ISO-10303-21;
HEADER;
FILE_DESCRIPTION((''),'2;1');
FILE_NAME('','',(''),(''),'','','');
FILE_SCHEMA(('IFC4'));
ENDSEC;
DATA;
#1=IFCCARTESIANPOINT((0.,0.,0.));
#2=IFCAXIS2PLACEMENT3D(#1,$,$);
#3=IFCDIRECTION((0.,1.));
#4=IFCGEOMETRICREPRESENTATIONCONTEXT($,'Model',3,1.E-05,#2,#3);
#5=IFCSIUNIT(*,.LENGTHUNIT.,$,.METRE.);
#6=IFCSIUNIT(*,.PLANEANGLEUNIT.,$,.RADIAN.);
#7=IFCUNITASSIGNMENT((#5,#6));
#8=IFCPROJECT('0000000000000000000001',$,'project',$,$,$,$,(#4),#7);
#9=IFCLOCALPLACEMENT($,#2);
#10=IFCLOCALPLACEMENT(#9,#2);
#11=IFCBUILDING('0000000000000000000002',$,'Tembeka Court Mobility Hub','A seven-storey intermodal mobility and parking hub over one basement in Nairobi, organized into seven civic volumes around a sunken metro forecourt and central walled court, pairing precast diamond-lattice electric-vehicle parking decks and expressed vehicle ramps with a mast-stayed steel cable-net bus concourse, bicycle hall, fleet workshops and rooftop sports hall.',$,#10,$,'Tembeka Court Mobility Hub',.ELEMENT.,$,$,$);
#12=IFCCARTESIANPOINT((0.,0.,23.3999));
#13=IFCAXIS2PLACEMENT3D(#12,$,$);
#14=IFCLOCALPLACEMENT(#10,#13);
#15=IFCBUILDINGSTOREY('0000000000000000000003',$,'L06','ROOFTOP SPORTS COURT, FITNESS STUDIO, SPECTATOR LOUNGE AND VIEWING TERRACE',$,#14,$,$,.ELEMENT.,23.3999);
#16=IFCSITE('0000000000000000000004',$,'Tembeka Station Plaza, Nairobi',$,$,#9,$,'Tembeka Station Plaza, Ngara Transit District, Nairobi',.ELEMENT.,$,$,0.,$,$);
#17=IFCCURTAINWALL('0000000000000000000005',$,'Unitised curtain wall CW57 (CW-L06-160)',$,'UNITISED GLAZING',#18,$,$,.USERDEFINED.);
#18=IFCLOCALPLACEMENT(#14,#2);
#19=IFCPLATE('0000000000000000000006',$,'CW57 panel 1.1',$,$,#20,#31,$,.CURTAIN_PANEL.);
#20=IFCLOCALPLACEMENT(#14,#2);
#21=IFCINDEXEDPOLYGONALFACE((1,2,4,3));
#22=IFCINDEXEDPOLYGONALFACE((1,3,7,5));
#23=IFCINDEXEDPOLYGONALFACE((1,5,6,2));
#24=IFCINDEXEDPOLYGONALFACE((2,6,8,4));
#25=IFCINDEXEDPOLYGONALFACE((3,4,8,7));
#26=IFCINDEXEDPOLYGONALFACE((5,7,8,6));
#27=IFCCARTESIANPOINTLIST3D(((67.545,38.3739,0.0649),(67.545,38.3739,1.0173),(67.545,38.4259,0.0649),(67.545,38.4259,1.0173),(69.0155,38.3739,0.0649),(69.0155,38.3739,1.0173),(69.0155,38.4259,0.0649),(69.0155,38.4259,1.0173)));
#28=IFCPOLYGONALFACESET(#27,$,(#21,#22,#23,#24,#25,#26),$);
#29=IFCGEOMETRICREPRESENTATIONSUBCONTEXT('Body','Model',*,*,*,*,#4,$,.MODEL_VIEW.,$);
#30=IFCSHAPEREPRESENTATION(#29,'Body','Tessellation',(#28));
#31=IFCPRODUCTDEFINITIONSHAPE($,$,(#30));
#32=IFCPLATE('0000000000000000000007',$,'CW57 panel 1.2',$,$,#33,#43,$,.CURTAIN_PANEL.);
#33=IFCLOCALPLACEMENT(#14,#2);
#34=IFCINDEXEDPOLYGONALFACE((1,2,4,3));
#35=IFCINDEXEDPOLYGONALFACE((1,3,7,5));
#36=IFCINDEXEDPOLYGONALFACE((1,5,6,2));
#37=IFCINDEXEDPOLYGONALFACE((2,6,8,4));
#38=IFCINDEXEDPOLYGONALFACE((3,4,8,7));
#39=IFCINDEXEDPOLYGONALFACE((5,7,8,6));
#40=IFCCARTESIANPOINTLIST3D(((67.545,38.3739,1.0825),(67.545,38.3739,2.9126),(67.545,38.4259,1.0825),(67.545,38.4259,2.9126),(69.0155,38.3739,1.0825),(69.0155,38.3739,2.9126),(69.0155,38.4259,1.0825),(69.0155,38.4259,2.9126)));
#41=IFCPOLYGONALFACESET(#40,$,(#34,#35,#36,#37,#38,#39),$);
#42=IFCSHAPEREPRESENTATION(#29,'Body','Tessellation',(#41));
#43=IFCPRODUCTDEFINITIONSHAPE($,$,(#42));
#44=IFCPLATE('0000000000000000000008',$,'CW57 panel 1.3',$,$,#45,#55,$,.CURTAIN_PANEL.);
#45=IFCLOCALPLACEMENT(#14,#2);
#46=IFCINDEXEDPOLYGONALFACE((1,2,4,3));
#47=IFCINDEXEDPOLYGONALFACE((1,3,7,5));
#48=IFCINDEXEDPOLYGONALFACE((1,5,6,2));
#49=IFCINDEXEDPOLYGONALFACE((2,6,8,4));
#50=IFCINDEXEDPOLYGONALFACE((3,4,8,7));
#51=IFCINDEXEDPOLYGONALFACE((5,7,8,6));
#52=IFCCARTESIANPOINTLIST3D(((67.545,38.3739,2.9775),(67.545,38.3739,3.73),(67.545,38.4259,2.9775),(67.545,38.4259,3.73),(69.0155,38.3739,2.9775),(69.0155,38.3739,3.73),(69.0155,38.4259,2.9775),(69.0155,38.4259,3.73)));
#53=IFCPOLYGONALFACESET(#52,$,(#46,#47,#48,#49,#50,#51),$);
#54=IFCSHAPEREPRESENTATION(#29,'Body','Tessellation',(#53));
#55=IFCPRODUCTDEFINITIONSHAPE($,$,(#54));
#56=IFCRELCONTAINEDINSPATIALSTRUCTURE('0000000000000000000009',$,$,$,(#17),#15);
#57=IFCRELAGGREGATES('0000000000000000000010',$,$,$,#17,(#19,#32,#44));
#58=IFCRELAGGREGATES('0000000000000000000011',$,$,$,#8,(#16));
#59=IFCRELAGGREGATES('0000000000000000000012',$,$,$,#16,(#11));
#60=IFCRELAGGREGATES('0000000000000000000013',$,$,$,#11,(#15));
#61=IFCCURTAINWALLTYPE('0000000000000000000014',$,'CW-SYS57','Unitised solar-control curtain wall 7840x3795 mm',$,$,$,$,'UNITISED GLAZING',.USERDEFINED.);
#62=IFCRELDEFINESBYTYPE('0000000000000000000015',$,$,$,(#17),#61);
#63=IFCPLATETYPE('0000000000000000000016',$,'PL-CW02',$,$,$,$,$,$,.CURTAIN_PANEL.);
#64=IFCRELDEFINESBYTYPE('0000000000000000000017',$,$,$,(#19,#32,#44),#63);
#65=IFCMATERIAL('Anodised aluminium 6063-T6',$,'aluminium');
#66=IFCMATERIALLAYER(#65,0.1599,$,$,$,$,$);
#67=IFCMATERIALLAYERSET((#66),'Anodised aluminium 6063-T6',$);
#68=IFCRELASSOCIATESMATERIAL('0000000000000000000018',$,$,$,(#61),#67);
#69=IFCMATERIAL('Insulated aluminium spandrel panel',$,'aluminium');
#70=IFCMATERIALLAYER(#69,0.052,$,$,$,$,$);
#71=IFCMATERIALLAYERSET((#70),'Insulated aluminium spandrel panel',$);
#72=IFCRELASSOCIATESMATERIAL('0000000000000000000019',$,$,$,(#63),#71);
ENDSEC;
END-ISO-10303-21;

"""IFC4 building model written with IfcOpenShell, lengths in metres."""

from ifc_helpers import new_model, si_unit, direction, frame, origin, origin_2d, place, context, subcontext, project, spatial, rectangle, extrude, material, layer, layer_set, type_object, element, aggregate, save


model = new_model("IFC4")

# Units and contexts
model_context = context("Model", 3, precision=1e-05, world=origin(), true_north=direction((0.0, 1.0)))
body_context = subcontext(model_context, "Body", "Model", "MODEL_VIEW")
ifc_project = project(units=[si_unit("LENGTHUNIT", "METRE"), si_unit("PLANEANGLEUNIT", "RADIAN")], contexts=[model_context])

# Site, building, storey
site_placement = place(None, origin())
site = spatial("IfcSite", under=ifc_project, at=site_placement, Name="Tembeka Station Plaza, Nairobi", LongName="Tembeka Station Plaza, Ngara Transit District, Nairobi", CompositionType="ELEMENT", RefElevation=0.0)
building_placement = place(site_placement, origin())
building = spatial("IfcBuilding", under=site, at=building_placement, Name="Tembeka Court Mobility Hub", Description="A seven-storey intermodal mobility and parking hub over one basement in Nairobi, organized into seven civic volumes around a sunken metro forecourt and central walled court, pairing precast diamond-lattice electric-vehicle parking decks and expressed vehicle ramps with a mast-stayed steel cable-net bus concourse, bicycle hall, fleet workshops and rooftop sports hall.", LongName="Tembeka Court Mobility Hub", CompositionType="ELEMENT")
storey_placement = place(building_placement, frame((0.0, 0.0, 23.3999)))
storey = spatial("IfcBuildingStorey", under=building, at=storey_placement, Name="L06", Description="ROOFTOP SPORTS COURT, FITNESS STUDIO, SPECTATOR LOUNGE AND VIEWING TERRACE", CompositionType="ELEMENT", Elevation=23.3999)

# Curtain wall
ifc_material_1 = material(Name="Anodised aluminium 6063-T6", Category="aluminium")
ifc_layer_1 = layer(ifc_material_1, 0.1599)
ifc_layer_set_1 = layer_set([ifc_layer_1], Name="Anodised aluminium 6063-T6")
curtain_wall_type = type_object("IfcCurtainWallType", Name="CW-SYS57", Description="Unitised solar-control curtain wall 7840x3795 mm", ElementType="UNITISED GLAZING", PredefinedType="USERDEFINED", material=ifc_layer_set_1)
curtain_wall_1_placement = place(storey_placement, origin())
curtain_wall_1 = element("IfcCurtainWall", 1, at=curtain_wall_1_placement, inside=storey, type_object=curtain_wall_type, Name="Unitised curtain wall CW57 (CW-L06-160)", ObjectType="UNITISED GLAZING", PredefinedType="USERDEFINED")

# Plates
ifc_material_2 = material(Name="Insulated aluminium spandrel panel", Category="aluminium")
ifc_layer_2 = layer(ifc_material_2, 0.052)
ifc_layer_set_2 = layer_set([ifc_layer_2], Name="Insulated aluminium spandrel panel")
plate_type_1 = type_object("IfcPlateType", Name="PL-CW02", PredefinedType="CURTAIN_PANEL", material=ifc_layer_set_2)
plate_1_placement = place(storey_placement, frame((68.2803, 38.3999, 0.0649), z_axis=(0.0, 0.0, 1.0), x_axis=(1.0, 0.0, 0.0)))
plate_1 = element("IfcPlate", 2, at=plate_1_placement, type_object=plate_type_1, Name="CW57 panel 1.1", PredefinedType="CURTAIN_PANEL", context=body_context, shape_type="SweptSolid", body=[
    extrude(rectangle(XDim=1.4705, YDim=0.052, at=origin_2d()), origin(), (0.0, 0.0, 1.0), 0.9524),
])
plate_2_placement = place(storey_placement, frame((68.2803, 38.3999, 1.0825), z_axis=(0.0, 0.0, 1.0), x_axis=(1.0, 0.0, 0.0)))
plate_2 = element("IfcPlate", 3, at=plate_2_placement, type_object=plate_type_1, Name="CW57 panel 1.2", PredefinedType="CURTAIN_PANEL", context=body_context, shape_type="SweptSolid", body=[
    extrude(rectangle(XDim=1.4705, YDim=0.052, at=origin_2d()), origin(), (0.0, 0.0, 1.0), 1.8301),
])
plate_3_placement = place(storey_placement, frame((68.2803, 38.3999, 2.9775), z_axis=(0.0, 0.0, 1.0), x_axis=(1.0, 0.0, 0.0)))
plate_3 = element("IfcPlate", 4, at=plate_3_placement, type_object=plate_type_1, Name="CW57 panel 1.3", PredefinedType="CURTAIN_PANEL", context=body_context, shape_type="SweptSolid", body=[
    extrude(rectangle(XDim=1.4705, YDim=0.052, at=origin_2d()), origin(), (0.0, 0.0, 1.0), 0.7524),
])
aggregate(curtain_wall_1, [plate_1, plate_2, plate_3])

save(model, "model.ifc")
